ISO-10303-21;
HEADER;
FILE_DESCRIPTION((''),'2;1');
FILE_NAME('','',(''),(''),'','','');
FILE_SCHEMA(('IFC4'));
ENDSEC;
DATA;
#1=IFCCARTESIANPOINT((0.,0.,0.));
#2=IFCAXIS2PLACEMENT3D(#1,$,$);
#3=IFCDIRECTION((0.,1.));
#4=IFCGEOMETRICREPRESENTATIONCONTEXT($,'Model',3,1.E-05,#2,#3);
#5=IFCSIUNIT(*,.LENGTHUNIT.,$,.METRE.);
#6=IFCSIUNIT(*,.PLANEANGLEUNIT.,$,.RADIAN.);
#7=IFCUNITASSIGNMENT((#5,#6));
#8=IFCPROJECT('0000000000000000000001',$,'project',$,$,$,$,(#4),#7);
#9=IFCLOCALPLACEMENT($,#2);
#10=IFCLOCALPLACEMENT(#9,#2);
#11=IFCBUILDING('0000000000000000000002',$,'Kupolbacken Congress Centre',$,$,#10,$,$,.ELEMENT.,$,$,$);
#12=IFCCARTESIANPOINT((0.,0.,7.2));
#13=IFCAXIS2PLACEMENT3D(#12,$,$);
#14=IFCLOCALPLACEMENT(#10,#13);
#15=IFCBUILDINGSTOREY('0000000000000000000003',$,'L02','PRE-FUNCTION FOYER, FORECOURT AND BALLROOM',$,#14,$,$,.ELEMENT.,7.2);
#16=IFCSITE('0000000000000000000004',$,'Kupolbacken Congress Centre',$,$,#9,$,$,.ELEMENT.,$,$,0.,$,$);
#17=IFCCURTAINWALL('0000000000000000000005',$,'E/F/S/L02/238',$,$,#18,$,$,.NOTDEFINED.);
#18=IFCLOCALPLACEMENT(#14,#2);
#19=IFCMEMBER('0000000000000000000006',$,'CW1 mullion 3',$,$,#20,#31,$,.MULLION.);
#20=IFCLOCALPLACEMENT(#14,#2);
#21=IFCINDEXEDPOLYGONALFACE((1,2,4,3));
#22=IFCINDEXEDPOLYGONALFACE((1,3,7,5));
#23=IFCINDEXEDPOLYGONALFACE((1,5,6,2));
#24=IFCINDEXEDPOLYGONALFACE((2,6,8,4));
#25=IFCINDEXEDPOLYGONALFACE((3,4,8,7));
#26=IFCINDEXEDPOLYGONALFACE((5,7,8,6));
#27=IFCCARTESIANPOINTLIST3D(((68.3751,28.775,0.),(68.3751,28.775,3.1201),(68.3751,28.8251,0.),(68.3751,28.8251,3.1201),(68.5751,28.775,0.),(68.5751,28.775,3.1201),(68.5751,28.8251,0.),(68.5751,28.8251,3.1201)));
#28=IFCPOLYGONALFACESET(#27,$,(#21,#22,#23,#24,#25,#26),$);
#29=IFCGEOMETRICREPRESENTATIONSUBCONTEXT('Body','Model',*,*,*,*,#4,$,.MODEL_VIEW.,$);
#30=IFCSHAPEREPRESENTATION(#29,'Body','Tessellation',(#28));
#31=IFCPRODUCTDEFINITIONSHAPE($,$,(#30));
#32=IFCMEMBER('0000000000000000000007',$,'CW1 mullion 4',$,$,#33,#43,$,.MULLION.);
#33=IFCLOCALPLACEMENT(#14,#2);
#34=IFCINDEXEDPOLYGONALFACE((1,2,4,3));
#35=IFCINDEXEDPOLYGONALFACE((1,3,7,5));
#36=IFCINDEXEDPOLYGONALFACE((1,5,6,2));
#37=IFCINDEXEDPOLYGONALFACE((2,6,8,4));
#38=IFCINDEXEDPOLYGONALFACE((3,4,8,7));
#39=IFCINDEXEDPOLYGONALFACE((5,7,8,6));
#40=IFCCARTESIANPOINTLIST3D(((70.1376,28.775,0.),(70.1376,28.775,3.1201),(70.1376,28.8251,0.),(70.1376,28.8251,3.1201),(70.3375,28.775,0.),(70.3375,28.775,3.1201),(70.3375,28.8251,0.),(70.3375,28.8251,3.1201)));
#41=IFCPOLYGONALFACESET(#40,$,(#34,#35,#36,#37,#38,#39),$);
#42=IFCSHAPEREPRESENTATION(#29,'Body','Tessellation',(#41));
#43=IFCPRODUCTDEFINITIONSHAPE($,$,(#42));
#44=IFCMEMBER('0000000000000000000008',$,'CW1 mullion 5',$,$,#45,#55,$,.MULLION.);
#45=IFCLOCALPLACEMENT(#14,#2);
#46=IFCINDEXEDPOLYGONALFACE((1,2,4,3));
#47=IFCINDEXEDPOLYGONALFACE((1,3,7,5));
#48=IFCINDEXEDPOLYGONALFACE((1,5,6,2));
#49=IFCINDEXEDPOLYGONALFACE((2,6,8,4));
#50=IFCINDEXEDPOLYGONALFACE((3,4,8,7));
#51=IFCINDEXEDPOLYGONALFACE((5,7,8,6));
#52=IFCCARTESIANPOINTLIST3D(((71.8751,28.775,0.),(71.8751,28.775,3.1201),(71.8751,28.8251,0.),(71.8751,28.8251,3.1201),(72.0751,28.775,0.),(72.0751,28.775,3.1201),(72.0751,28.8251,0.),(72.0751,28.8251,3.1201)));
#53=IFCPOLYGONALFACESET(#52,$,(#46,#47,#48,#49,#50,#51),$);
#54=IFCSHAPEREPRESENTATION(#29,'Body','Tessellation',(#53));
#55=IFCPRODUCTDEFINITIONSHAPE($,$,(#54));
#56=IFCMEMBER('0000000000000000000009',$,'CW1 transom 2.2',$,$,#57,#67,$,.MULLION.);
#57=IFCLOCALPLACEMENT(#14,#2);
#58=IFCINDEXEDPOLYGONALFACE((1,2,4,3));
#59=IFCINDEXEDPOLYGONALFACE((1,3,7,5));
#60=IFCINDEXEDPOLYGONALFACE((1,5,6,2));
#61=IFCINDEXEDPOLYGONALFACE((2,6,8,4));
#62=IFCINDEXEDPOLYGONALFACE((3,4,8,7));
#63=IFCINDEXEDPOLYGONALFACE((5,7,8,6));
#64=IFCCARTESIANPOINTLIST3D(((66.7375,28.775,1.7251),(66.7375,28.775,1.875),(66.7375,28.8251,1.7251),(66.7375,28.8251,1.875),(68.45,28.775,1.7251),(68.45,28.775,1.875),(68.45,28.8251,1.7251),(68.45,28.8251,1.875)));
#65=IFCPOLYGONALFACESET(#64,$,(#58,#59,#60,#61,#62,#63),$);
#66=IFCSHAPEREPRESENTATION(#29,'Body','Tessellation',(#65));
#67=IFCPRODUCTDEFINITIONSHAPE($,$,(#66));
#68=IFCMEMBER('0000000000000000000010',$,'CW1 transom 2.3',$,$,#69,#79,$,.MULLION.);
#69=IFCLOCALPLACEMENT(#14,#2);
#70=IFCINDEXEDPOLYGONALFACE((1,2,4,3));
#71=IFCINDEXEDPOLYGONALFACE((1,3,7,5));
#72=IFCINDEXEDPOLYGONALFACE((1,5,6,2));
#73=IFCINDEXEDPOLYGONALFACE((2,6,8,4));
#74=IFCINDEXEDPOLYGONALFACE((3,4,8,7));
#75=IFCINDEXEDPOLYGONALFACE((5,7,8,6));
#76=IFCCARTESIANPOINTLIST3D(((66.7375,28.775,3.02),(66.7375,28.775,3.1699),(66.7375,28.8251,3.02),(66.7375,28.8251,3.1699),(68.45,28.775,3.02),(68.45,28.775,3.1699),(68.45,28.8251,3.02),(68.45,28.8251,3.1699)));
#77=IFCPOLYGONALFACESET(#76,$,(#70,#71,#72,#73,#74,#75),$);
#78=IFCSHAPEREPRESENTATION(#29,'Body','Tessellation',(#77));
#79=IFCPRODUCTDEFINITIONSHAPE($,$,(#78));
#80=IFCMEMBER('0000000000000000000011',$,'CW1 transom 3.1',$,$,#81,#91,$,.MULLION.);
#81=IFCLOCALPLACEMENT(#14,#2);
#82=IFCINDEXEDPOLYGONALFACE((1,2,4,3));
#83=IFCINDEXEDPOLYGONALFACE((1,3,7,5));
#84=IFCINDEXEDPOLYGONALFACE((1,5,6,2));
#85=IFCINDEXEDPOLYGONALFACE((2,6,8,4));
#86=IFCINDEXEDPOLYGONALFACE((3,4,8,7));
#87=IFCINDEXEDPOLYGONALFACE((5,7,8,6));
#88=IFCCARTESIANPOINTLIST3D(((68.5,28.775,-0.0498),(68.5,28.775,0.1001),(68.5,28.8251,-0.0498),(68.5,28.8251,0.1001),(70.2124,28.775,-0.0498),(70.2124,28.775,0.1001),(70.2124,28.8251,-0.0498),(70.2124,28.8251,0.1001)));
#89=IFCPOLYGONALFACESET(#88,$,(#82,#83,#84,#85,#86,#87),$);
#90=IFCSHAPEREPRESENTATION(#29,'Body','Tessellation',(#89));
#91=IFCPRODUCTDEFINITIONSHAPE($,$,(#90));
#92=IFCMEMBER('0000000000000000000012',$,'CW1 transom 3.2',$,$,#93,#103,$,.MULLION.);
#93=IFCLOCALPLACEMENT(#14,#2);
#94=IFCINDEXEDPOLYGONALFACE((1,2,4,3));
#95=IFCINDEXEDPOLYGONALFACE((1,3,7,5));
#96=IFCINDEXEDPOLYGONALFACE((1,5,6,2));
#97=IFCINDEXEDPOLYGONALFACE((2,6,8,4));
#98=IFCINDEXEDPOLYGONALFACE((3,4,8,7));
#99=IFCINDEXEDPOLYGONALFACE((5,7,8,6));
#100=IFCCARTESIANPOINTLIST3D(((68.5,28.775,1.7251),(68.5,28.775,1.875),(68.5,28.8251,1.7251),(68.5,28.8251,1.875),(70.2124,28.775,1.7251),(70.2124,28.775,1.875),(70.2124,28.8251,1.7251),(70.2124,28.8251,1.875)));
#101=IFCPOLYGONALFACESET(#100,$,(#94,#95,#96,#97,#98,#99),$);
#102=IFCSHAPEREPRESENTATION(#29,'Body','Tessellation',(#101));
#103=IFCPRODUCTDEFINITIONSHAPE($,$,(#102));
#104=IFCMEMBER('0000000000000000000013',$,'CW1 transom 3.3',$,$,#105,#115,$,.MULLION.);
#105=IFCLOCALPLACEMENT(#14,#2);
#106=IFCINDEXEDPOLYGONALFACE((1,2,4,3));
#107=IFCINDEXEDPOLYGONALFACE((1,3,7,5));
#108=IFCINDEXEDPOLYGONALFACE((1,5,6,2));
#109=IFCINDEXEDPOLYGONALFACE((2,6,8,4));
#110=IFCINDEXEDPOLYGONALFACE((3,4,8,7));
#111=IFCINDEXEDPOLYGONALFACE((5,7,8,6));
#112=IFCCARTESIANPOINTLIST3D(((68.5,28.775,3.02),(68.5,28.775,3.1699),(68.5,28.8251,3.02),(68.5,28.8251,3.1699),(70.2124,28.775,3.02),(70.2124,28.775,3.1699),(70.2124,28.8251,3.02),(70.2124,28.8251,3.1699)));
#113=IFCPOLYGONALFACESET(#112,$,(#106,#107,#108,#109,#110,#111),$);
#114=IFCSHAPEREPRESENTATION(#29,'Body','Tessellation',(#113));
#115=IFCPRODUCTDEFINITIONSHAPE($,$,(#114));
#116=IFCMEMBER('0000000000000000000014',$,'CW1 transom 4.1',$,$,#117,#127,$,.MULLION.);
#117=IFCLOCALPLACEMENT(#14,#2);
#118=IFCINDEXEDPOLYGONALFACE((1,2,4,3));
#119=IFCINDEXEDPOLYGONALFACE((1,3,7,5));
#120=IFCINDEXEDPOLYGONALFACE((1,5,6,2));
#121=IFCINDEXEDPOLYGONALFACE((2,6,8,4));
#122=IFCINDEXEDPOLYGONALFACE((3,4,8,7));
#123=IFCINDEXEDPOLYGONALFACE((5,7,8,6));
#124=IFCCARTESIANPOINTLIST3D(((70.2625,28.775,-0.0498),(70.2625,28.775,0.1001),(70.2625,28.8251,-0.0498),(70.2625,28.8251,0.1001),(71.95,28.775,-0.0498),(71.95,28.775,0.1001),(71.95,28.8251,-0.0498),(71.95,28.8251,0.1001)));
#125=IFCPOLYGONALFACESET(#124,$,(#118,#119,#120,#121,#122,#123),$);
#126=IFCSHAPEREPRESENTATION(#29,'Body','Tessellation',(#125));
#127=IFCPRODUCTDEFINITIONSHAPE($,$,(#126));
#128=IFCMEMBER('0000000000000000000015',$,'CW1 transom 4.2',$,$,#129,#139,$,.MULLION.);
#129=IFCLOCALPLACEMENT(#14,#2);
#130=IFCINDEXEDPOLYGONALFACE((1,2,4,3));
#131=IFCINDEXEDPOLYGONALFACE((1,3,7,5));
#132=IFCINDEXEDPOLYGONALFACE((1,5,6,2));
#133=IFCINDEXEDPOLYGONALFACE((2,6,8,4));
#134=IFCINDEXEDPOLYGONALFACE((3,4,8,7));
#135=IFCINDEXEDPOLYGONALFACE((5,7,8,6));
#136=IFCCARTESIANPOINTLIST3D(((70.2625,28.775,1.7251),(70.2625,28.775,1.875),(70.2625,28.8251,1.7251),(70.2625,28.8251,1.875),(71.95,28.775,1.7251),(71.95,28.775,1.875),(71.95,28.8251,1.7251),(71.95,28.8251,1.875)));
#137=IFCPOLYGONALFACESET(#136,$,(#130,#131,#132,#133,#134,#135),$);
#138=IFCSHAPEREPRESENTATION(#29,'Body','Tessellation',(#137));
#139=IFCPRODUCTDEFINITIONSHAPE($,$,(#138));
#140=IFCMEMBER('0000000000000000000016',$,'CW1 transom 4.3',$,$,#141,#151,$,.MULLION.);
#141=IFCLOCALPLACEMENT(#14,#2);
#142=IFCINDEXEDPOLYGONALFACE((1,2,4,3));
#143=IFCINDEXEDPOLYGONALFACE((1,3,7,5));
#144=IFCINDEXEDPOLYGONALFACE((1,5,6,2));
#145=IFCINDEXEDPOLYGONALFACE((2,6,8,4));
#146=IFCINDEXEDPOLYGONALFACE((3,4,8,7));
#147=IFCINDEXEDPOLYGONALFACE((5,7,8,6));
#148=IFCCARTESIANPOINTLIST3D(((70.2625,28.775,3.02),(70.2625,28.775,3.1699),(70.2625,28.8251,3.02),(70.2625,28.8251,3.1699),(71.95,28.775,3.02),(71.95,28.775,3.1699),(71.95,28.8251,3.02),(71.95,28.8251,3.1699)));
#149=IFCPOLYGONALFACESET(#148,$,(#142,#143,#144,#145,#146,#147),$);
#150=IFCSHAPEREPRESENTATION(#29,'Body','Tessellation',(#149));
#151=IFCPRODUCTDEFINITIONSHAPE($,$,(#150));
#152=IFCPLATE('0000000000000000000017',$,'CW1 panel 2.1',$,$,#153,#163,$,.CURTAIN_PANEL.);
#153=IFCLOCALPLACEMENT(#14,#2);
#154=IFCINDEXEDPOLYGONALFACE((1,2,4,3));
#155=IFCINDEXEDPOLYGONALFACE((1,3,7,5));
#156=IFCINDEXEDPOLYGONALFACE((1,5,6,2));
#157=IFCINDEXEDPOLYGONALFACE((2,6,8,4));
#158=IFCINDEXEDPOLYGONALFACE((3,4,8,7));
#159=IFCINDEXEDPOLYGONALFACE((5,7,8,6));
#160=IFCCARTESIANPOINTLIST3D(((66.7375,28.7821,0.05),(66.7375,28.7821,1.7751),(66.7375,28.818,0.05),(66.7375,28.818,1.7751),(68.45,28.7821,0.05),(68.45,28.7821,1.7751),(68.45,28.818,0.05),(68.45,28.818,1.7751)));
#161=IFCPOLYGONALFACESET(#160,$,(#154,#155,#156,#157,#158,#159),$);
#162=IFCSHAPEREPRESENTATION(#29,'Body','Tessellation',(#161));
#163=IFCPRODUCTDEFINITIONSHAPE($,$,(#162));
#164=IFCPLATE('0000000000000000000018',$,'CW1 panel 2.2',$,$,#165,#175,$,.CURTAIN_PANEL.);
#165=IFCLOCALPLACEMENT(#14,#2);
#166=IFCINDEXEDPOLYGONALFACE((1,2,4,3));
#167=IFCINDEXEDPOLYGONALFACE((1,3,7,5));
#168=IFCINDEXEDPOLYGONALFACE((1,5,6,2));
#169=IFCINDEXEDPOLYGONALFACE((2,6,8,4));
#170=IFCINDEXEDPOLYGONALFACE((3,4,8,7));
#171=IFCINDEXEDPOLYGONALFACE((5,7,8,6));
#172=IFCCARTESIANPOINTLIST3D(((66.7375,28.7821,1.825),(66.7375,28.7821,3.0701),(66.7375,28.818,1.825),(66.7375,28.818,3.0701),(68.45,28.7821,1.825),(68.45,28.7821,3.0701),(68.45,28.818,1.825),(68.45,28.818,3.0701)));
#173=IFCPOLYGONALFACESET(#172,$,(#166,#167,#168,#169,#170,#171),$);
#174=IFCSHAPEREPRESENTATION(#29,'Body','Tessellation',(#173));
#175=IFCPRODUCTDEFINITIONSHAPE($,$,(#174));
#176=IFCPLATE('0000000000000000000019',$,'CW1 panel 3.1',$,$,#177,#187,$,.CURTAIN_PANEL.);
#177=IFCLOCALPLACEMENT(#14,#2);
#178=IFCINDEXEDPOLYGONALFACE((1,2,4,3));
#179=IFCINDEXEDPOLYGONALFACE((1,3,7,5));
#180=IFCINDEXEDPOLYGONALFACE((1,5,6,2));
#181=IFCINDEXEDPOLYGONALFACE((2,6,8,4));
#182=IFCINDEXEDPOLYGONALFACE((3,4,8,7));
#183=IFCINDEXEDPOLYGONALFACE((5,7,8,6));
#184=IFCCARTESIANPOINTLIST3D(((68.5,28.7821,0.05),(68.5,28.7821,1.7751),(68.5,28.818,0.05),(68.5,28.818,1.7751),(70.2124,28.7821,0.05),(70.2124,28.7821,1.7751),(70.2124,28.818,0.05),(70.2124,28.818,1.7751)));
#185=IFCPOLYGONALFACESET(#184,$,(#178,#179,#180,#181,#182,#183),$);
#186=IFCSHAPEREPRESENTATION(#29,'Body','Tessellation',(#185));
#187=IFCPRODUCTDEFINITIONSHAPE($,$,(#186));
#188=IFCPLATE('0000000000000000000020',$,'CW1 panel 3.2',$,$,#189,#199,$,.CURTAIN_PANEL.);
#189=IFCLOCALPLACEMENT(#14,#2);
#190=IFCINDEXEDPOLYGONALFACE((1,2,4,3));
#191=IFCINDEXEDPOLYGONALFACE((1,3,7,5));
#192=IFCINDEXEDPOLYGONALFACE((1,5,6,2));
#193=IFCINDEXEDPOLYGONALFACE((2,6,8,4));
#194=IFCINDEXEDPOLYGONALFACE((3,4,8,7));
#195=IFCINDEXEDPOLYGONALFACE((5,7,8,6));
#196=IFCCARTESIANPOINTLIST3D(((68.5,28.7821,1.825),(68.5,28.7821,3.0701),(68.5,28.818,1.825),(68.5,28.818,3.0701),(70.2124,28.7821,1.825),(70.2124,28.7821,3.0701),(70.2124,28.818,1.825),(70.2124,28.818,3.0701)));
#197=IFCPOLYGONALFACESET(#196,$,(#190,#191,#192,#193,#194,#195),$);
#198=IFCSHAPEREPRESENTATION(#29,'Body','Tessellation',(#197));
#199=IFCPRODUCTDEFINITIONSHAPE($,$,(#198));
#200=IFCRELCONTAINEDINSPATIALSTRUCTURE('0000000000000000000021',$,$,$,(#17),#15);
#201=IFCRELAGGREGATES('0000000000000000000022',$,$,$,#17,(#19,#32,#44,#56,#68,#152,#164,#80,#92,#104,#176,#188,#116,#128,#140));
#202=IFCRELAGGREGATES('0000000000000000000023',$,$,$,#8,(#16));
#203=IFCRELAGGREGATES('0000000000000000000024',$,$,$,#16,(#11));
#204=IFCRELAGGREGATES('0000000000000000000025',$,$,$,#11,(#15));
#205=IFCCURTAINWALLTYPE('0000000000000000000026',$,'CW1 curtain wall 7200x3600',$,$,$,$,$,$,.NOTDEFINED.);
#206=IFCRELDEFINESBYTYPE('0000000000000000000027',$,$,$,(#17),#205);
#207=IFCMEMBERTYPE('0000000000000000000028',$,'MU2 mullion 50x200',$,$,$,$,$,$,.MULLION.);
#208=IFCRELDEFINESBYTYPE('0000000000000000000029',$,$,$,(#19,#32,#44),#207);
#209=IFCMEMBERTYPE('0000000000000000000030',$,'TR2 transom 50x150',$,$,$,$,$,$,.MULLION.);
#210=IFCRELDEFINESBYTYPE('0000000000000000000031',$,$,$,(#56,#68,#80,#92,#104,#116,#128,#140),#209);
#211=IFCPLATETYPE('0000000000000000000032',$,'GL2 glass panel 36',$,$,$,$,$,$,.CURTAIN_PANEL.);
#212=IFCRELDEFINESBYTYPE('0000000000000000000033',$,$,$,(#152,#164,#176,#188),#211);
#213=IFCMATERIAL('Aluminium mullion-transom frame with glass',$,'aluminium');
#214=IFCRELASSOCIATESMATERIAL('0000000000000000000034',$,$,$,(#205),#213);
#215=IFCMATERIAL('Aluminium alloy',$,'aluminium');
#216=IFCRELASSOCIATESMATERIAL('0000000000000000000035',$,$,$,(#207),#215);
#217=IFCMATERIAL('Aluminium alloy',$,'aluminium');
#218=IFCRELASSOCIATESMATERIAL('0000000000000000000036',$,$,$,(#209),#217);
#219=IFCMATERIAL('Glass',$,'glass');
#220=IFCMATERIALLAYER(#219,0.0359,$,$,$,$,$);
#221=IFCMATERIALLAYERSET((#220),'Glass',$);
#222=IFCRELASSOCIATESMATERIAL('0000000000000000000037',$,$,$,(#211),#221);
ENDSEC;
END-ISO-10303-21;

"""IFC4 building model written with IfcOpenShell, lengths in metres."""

from ifc_helpers import new_model, si_unit, direction, frame, origin, origin_2d, place, context, subcontext, project, spatial, rectangle, extrude, material, layer, layer_set, material_profile, profile_set, type_object, element, aggregate, save


model = new_model("IFC4")

# Units and contexts
model_context = context("Model", 3, precision=1e-05, world=origin(), true_north=direction((0.0, 1.0)))
body_context = subcontext(model_context, "Body", "Model", "MODEL_VIEW")
ifc_project = project(units=[si_unit("LENGTHUNIT", "METRE"), si_unit("PLANEANGLEUNIT", "RADIAN")], contexts=[model_context])

# Site, building, storey
site_placement = place(None, origin())
site = spatial("IfcSite", under=ifc_project, at=site_placement, Name="Kupolbacken Congress Centre", CompositionType="ELEMENT", RefElevation=0.0)
building_placement = place(site_placement, origin())
building = spatial("IfcBuilding", under=site, at=building_placement, Name="Kupolbacken Congress Centre", CompositionType="ELEMENT")
storey_placement = place(building_placement, frame((0.0, 0.0, 7.2)))
storey = spatial("IfcBuildingStorey", under=building, at=storey_placement, Name="L02", Description="PRE-FUNCTION FOYER, FORECOURT AND BALLROOM", CompositionType="ELEMENT", Elevation=7.2)

# Curtain wall, members, plates
ifc_material_1 = material(Name="Aluminium mullion-transom frame with glass", Category="aluminium")
curtain_wall_type = type_object("IfcCurtainWallType", Name="CW1 curtain wall 7200x3600", PredefinedType="NOTDEFINED", material=ifc_material_1)
curtain_wall_placement = place(storey_placement, origin())
curtain_wall = element("IfcCurtainWall", 1, at=curtain_wall_placement, inside=storey, type_object=curtain_wall_type, Name="E/F/S/L02/238", PredefinedType="NOTDEFINED")
ifc_material_2 = material(Name="Aluminium alloy", Category="aluminium")
ifc_material_profile_1 = material_profile(ifc_material_2, rectangle(XDim=0.05, YDim=0.2, at=origin_2d()), Name="50 x 200")
ifc_profile_set_1 = profile_set([ifc_material_profile_1], Name="Aluminium alloy")
member_type_1 = type_object("IfcMemberType", Name="MU2 mullion 50x200", PredefinedType="MULLION", material=ifc_profile_set_1)
member_1_placement = place(storey_placement, frame((68.4751, 28.8, 0.0), z_axis=(0.0, 0.0, 1.0), x_axis=(0.0, 1.0, 0.0)))
member_1 = element("IfcMember", 2, at=member_1_placement, type_object=member_type_1, Name="CW1 mullion 3", PredefinedType="MULLION", context=body_context, shape_type="SweptSolid", body=[
    extrude(rectangle(XDim=0.05, YDim=0.2, at=origin_2d()), origin(), (0.0, 0.0, 1.0), 3.1201),
])
member_2_placement = place(storey_placement, frame((70.2375, 28.8, 0.0), z_axis=(0.0, 0.0, 1.0), x_axis=(0.0, 1.0, 0.0)))
member_2 = element("IfcMember", 3, at=member_2_placement, type_object=member_type_1, Name="CW1 mullion 4", PredefinedType="MULLION", context=body_context, shape_type="SweptSolid", body=[
    extrude(rectangle(XDim=0.05, YDim=0.2, at=origin_2d()), origin(), (0.0, 0.0, 1.0), 3.1201),
])
member_3_placement = place(storey_placement, frame((71.9751, 28.8, 0.0), z_axis=(0.0, 0.0, 1.0), x_axis=(0.0, 1.0, 0.0)))
member_3 = element("IfcMember", 4, at=member_3_placement, type_object=member_type_1, Name="CW1 mullion 5", PredefinedType="MULLION", context=body_context, shape_type="SweptSolid", body=[
    extrude(rectangle(XDim=0.05, YDim=0.2, at=origin_2d()), origin(), (0.0, 0.0, 1.0), 3.1201),
])
ifc_material_3 = material(Name="Aluminium alloy", Category="aluminium")
ifc_material_profile_2 = material_profile(ifc_material_3, rectangle(XDim=0.05, YDim=0.1499, at=origin_2d()), Name="50 x 150")
ifc_profile_set_2 = profile_set([ifc_material_profile_2], Name="Aluminium alloy")
member_type_2 = type_object("IfcMemberType", Name="TR2 transom 50x150", PredefinedType="MULLION", material=ifc_profile_set_2)
member_4_placement = place(storey_placement, frame((66.7375, 28.8, 1.8), z_axis=(1.0, 0.0, 0.0), x_axis=(0.0, 1.0, 0.0)))
member_4 = element("IfcMember", 5, at=member_4_placement, type_object=member_type_2, Name="CW1 transom 2.2", PredefinedType="MULLION", context=body_context, shape_type="SweptSolid", body=[
    extrude(rectangle(XDim=0.05, YDim=0.1499, at=origin_2d()), origin(), (0.0, 0.0, 1.0), 1.7124),
])
member_5_placement = place(storey_placement, frame((66.7375, 28.8, 3.095), z_axis=(1.0, 0.0, 0.0), x_axis=(0.0, 1.0, 0.0)))
member_5 = element("IfcMember", 6, at=member_5_placement, type_object=member_type_2, Name="CW1 transom 2.3", PredefinedType="MULLION", context=body_context, shape_type="SweptSolid", body=[
    extrude(rectangle(XDim=0.05, YDim=0.1499, at=origin_2d()), origin(), (0.0, 0.0, 1.0), 1.7124),
])
member_6_placement = place(storey_placement, frame((68.5, 28.8, 0.0251), z_axis=(1.0, 0.0, 0.0), x_axis=(0.0, 1.0, 0.0)))
member_6 = element("IfcMember", 7, at=member_6_placement, type_object=member_type_2, Name="CW1 transom 3.1", PredefinedType="MULLION", context=body_context, shape_type="SweptSolid", body=[
    extrude(rectangle(XDim=0.05, YDim=0.1499, at=origin_2d()), origin(), (0.0, 0.0, 1.0), 1.7124),
])
member_7_placement = place(storey_placement, frame((68.5, 28.8, 1.8), z_axis=(1.0, 0.0, 0.0), x_axis=(0.0, 1.0, 0.0)))
member_7 = element("IfcMember", 8, at=member_7_placement, type_object=member_type_2, Name="CW1 transom 3.2", PredefinedType="MULLION", context=body_context, shape_type="SweptSolid", body=[
    extrude(rectangle(XDim=0.05, YDim=0.1499, at=origin_2d()), origin(), (0.0, 0.0, 1.0), 1.7124),
])
member_8_placement = place(storey_placement, frame((68.5, 28.8, 3.095), z_axis=(1.0, 0.0, 0.0), x_axis=(0.0, 1.0, 0.0)))
member_8 = element("IfcMember", 9, at=member_8_placement, type_object=member_type_2, Name="CW1 transom 3.3", PredefinedType="MULLION", context=body_context, shape_type="SweptSolid", body=[
    extrude(rectangle(XDim=0.05, YDim=0.1499, at=origin_2d()), origin(), (0.0, 0.0, 1.0), 1.7124),
])
member_9_placement = place(storey_placement, frame((70.2625, 28.8, 0.0251), z_axis=(1.0, 0.0, 0.0), x_axis=(0.0, 1.0, 0.0)))
member_9 = element("IfcMember", 10, at=member_9_placement, type_object=member_type_2, Name="CW1 transom 4.1", PredefinedType="MULLION", context=body_context, shape_type="SweptSolid", body=[
    extrude(rectangle(XDim=0.05, YDim=0.1499, at=origin_2d()), origin(), (0.0, 0.0, 1.0), 1.6875),
])
member_10_placement = place(storey_placement, frame((70.2625, 28.8, 1.8), z_axis=(1.0, 0.0, 0.0), x_axis=(0.0, 1.0, 0.0)))
member_10 = element("IfcMember", 11, at=member_10_placement, type_object=member_type_2, Name="CW1 transom 4.2", PredefinedType="MULLION", context=body_context, shape_type="SweptSolid", body=[
    extrude(rectangle(XDim=0.05, YDim=0.1499, at=origin_2d()), origin(), (0.0, 0.0, 1.0), 1.6875),
])
member_11_placement = place(storey_placement, frame((70.2625, 28.8, 3.095), z_axis=(1.0, 0.0, 0.0), x_axis=(0.0, 1.0, 0.0)))
member_11 = element("IfcMember", 12, at=member_11_placement, type_object=member_type_2, Name="CW1 transom 4.3", PredefinedType="MULLION", context=body_context, shape_type="SweptSolid", body=[
    extrude(rectangle(XDim=0.05, YDim=0.1499, at=origin_2d()), origin(), (0.0, 0.0, 1.0), 1.6875),
])
ifc_material_4 = material(Name="Glass", Category="glass")
ifc_layer_1 = layer(ifc_material_4, 0.0359)
ifc_layer_set_1 = layer_set([ifc_layer_1], Name="Glass")
plate_type = type_object("IfcPlateType", Name="GL2 glass panel 36", PredefinedType="CURTAIN_PANEL", material=ifc_layer_set_1)
plate_1_placement = place(storey_placement, frame((67.5938, 28.8, 0.05), z_axis=(0.0, 0.0, 1.0), x_axis=(1.0, 0.0, 0.0)))
plate_1 = element("IfcPlate", 13, at=plate_1_placement, type_object=plate_type, Name="CW1 panel 2.1", PredefinedType="CURTAIN_PANEL", context=body_context, shape_type="SweptSolid", body=[
    extrude(rectangle(XDim=1.7124, YDim=0.0359, at=origin_2d()), origin(), (0.0, 0.0, 1.0), 1.7251),
])
plate_2_placement = place(storey_placement, frame((67.5938, 28.8, 1.825), z_axis=(0.0, 0.0, 1.0), x_axis=(1.0, 0.0, 0.0)))
plate_2 = element("IfcPlate", 14, at=plate_2_placement, type_object=plate_type, Name="CW1 panel 2.2", PredefinedType="CURTAIN_PANEL", context=body_context, shape_type="SweptSolid", body=[
    extrude(rectangle(XDim=1.7124, YDim=0.0359, at=origin_2d()), origin(), (0.0, 0.0, 1.0), 1.2451),
])
plate_3_placement = place(storey_placement, frame((69.3562, 28.8, 0.05), z_axis=(0.0, 0.0, 1.0), x_axis=(1.0, 0.0, 0.0)))
plate_3 = element("IfcPlate", 15, at=plate_3_placement, type_object=plate_type, Name="CW1 panel 3.1", PredefinedType="CURTAIN_PANEL", context=body_context, shape_type="SweptSolid", body=[
    extrude(rectangle(XDim=1.7124, YDim=0.0359, at=origin_2d()), origin(), (0.0, 0.0, 1.0), 1.7251),
])
plate_4_placement = place(storey_placement, frame((69.3562, 28.8, 1.825), z_axis=(0.0, 0.0, 1.0), x_axis=(1.0, 0.0, 0.0)))
plate_4 = element("IfcPlate", 16, at=plate_4_placement, type_object=plate_type, Name="CW1 panel 3.2", PredefinedType="CURTAIN_PANEL", context=body_context, shape_type="SweptSolid", body=[
    extrude(rectangle(XDim=1.7124, YDim=0.0359, at=origin_2d()), origin(), (0.0, 0.0, 1.0), 1.2451),
])
aggregate(curtain_wall, [member_1, member_2, member_3, member_4, member_5, plate_1, plate_2, member_6, member_7, member_8, plate_3, plate_4, member_9, member_10, member_11])

save(model, "model.ifc")
